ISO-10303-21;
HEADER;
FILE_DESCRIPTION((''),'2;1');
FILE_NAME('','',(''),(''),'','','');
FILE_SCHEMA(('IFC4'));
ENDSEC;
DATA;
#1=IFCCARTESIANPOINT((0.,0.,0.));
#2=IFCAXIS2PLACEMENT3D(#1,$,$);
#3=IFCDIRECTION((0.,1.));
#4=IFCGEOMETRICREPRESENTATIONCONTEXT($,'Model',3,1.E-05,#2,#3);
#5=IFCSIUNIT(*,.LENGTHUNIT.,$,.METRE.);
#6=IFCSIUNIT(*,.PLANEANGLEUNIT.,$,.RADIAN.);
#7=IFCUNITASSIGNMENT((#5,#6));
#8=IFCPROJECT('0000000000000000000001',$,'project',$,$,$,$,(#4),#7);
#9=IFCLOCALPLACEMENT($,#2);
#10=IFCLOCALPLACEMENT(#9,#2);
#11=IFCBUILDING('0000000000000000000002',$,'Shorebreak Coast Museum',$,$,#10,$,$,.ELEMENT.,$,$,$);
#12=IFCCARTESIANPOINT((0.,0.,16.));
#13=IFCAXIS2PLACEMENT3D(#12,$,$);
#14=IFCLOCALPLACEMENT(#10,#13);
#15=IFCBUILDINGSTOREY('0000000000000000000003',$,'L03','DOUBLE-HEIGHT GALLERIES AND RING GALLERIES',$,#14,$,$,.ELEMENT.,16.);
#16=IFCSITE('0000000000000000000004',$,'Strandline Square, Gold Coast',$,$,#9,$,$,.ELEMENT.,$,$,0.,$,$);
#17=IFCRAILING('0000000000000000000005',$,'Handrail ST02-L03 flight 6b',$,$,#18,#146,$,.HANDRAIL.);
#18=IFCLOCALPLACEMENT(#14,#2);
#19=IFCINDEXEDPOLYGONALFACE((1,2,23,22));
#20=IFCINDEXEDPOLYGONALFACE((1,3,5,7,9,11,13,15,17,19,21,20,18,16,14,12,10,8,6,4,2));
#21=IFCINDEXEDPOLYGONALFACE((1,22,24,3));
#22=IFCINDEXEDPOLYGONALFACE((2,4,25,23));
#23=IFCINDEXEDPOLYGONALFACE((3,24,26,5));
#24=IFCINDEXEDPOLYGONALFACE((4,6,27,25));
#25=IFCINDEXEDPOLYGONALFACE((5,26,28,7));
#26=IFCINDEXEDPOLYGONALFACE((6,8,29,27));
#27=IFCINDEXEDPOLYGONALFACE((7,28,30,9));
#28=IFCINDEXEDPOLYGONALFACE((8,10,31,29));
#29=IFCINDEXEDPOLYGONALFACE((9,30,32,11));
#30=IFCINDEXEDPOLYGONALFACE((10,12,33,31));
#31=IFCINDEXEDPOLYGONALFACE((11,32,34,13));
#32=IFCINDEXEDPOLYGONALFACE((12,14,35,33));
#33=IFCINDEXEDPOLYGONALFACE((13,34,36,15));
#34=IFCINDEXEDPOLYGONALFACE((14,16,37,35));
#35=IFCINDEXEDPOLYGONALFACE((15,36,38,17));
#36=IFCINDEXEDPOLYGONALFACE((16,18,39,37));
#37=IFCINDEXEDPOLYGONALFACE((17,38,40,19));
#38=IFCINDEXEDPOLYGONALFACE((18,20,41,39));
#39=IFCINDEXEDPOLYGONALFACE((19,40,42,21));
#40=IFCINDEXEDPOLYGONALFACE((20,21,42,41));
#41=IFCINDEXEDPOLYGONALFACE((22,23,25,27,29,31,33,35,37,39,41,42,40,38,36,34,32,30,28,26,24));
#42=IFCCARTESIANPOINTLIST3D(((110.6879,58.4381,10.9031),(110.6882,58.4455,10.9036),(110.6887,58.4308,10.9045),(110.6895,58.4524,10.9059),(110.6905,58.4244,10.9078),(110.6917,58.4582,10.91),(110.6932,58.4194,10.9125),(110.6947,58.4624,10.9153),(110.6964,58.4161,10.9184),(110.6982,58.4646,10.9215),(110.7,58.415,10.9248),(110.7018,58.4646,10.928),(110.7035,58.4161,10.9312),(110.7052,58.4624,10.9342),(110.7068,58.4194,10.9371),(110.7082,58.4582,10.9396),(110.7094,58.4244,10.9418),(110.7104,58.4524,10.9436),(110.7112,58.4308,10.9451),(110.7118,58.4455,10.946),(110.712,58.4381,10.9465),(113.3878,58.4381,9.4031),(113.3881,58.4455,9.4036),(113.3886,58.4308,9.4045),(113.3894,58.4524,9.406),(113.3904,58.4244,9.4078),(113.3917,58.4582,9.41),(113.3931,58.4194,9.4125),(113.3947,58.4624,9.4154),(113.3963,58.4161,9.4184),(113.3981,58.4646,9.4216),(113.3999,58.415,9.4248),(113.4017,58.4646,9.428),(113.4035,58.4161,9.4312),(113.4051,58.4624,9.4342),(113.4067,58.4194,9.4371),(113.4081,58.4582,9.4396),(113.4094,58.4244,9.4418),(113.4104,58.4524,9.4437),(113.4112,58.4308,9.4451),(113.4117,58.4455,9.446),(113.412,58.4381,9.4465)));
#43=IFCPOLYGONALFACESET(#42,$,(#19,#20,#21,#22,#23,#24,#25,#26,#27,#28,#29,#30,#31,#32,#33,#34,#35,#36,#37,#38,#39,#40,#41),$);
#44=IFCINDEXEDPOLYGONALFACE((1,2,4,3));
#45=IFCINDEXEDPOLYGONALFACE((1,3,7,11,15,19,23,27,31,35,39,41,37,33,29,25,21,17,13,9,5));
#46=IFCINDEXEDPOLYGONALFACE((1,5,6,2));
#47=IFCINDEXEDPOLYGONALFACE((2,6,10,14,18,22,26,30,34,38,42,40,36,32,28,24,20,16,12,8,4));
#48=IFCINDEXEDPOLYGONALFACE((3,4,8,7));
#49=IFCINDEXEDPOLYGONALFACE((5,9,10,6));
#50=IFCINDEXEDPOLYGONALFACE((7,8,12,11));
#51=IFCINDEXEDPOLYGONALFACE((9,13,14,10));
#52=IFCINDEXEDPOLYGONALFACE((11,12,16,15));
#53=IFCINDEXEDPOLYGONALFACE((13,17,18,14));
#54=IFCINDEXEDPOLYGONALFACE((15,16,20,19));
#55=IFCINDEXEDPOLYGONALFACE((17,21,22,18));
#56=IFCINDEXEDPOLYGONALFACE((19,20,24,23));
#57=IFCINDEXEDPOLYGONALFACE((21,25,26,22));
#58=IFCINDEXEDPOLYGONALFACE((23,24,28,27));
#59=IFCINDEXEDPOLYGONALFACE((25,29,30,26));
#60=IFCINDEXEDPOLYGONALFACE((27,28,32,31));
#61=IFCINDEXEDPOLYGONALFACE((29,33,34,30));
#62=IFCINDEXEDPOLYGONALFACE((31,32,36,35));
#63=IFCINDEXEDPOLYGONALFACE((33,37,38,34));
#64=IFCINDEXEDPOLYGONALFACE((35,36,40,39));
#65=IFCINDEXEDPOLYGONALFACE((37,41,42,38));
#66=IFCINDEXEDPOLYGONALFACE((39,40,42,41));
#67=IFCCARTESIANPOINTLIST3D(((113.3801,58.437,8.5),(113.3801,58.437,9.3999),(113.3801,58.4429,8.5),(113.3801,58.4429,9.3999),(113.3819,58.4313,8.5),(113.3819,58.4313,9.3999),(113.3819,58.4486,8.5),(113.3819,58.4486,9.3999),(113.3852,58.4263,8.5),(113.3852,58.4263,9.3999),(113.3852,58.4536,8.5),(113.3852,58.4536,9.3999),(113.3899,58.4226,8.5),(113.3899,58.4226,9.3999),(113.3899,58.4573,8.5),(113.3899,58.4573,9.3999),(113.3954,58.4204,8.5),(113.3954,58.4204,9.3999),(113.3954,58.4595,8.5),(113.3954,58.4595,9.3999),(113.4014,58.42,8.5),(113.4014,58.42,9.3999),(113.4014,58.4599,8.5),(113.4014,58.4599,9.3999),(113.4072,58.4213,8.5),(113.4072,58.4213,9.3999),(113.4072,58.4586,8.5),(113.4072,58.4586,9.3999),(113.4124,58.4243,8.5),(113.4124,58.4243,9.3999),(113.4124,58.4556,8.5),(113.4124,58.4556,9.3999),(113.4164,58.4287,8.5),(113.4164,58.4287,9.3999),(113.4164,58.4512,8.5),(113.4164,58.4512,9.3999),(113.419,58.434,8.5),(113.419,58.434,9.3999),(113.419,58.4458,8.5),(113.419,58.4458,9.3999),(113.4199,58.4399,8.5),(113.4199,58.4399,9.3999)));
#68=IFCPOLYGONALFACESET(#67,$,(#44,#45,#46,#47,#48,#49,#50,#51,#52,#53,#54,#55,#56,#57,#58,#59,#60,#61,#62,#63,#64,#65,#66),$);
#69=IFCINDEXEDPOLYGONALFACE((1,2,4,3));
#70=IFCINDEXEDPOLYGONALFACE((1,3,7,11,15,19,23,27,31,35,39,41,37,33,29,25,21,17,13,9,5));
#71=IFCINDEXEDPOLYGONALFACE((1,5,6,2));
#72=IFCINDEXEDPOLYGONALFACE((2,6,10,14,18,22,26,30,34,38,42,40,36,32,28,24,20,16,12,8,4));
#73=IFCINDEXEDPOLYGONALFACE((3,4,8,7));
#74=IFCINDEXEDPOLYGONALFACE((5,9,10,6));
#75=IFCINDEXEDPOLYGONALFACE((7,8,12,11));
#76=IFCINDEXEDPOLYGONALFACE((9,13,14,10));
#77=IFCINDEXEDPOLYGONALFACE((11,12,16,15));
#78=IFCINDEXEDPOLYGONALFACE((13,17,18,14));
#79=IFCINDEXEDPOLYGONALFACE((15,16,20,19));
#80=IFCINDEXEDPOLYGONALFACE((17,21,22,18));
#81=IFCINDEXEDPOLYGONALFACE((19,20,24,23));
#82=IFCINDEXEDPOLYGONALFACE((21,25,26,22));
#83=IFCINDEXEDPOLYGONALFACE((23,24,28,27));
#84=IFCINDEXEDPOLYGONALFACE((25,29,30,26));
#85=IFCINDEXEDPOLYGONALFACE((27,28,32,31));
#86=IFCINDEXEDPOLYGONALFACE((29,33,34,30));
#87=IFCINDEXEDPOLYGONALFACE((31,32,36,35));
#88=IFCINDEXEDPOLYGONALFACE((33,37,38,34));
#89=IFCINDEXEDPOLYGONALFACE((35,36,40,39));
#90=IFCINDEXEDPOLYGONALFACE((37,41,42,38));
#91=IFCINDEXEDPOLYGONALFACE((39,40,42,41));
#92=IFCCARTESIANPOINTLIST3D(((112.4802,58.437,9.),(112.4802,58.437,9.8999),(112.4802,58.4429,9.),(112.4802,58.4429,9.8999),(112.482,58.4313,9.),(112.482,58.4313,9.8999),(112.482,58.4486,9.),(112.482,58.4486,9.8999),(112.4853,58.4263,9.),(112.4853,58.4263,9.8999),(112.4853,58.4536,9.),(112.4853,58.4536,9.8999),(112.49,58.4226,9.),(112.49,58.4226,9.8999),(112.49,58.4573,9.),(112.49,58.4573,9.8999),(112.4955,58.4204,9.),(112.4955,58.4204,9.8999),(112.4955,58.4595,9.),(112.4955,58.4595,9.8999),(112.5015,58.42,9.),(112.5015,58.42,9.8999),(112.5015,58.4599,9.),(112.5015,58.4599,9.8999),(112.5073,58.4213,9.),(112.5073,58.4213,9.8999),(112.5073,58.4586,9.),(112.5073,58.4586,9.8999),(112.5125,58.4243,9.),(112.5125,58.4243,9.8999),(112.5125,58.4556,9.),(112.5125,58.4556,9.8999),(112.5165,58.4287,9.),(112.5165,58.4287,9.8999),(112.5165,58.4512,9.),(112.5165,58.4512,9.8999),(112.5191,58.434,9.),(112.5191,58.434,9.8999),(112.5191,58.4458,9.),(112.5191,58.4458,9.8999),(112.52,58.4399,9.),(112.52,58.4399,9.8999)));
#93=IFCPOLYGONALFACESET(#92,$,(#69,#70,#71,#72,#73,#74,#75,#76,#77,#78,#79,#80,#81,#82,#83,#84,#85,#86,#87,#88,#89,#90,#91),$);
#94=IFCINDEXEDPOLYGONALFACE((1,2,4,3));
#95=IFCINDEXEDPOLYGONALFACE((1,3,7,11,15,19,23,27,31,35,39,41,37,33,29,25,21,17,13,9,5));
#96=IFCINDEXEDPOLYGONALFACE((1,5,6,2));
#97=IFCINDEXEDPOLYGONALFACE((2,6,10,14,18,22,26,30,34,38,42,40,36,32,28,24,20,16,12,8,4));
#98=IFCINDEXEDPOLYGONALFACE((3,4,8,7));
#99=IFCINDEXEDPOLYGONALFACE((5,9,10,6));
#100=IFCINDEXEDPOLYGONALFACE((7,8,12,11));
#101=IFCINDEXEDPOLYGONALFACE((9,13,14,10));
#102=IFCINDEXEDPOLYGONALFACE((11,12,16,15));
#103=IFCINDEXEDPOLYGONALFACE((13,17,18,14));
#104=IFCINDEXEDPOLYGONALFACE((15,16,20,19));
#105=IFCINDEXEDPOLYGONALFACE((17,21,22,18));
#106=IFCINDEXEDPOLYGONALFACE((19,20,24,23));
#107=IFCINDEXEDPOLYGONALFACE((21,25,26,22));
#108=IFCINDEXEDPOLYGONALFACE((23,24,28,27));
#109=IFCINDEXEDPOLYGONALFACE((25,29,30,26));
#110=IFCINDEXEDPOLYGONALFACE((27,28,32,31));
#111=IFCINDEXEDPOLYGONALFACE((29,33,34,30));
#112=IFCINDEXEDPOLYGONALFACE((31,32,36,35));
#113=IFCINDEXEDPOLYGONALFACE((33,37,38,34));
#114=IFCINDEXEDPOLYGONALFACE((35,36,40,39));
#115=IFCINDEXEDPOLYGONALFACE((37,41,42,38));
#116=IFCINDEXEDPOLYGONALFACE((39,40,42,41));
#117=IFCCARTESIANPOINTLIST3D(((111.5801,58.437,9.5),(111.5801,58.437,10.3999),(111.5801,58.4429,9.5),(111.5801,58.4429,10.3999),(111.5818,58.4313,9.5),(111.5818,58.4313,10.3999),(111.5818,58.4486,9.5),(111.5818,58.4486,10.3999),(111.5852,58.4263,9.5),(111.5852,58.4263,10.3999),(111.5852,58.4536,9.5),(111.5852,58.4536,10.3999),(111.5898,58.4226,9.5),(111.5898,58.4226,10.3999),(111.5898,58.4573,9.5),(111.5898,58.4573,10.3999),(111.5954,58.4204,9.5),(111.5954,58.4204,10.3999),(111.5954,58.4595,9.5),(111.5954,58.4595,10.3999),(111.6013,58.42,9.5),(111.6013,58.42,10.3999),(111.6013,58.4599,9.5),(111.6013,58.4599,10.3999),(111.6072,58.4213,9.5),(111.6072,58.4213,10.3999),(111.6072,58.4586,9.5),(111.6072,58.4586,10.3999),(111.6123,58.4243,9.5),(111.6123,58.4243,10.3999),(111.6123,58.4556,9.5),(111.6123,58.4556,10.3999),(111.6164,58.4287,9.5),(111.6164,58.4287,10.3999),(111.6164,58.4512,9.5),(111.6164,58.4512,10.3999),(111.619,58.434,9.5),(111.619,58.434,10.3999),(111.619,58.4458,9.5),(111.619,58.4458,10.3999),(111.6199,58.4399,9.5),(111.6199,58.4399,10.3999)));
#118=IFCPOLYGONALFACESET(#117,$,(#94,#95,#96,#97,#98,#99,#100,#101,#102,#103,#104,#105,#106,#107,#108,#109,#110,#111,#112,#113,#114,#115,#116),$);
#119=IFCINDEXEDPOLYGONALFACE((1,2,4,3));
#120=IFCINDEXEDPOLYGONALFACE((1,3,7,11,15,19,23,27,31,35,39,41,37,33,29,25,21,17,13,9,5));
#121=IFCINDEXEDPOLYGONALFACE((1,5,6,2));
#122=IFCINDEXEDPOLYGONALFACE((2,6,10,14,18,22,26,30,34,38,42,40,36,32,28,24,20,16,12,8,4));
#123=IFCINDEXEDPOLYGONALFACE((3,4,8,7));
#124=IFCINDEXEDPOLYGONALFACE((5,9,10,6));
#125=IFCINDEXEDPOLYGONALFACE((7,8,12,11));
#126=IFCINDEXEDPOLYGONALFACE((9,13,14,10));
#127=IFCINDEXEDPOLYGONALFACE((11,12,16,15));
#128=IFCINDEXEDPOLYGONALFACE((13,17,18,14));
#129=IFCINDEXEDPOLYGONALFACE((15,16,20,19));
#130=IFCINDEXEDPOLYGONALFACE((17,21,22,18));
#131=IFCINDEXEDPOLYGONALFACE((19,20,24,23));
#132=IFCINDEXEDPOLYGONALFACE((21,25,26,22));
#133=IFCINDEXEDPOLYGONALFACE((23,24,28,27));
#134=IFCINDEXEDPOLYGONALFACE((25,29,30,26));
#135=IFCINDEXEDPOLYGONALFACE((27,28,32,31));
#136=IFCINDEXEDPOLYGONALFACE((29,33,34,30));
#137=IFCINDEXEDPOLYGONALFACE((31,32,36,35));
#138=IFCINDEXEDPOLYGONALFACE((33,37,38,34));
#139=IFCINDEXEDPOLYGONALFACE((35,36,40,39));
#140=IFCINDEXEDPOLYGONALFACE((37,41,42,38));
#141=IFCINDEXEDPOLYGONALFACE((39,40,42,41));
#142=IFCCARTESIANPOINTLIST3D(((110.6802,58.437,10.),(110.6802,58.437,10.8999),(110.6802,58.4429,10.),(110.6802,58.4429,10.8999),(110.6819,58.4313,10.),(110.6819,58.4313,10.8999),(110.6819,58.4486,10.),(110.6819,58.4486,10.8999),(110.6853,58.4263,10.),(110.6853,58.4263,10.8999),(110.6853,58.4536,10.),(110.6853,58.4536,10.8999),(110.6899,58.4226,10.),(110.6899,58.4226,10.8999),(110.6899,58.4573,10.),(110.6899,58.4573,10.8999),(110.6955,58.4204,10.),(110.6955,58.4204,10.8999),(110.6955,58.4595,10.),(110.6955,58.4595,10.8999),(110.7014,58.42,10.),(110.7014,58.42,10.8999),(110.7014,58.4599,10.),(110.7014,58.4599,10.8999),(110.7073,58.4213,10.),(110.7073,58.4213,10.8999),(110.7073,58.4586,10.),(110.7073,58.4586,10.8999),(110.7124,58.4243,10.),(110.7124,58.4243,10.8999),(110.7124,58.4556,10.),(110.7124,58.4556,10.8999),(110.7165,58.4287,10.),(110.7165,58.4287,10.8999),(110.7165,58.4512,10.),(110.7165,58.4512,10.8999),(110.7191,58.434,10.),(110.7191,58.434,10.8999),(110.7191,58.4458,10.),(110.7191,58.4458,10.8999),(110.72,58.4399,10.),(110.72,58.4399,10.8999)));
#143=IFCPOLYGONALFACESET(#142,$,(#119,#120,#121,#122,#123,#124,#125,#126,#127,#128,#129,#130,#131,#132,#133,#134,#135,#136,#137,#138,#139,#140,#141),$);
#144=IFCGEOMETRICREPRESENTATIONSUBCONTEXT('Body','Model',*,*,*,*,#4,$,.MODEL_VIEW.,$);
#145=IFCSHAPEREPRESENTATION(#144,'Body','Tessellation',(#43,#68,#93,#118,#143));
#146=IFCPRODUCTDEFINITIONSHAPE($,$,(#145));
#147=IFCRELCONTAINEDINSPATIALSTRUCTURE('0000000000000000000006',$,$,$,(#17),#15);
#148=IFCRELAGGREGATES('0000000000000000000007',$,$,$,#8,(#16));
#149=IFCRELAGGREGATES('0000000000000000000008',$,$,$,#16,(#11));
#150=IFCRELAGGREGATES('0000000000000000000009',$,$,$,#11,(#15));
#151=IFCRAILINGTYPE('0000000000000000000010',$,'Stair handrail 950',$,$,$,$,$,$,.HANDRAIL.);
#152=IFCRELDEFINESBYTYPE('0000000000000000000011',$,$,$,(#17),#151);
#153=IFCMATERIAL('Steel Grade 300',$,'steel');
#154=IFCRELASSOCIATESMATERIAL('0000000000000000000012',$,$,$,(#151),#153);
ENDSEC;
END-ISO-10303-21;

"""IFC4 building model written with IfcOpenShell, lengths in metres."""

from ifc_helpers import new_model, si_unit, direction, frame, origin, origin_2d, place, context, subcontext, project, spatial, circle, extrude, material, type_object, element, save


model = new_model("IFC4")

# Units and contexts
model_context = context("Model", 3, precision=1e-05, world=origin(), true_north=direction((0.0, 1.0)))
body_context = subcontext(model_context, "Body", "Model", "MODEL_VIEW")
ifc_project = project(units=[si_unit("LENGTHUNIT", "METRE"), si_unit("PLANEANGLEUNIT", "RADIAN")], contexts=[model_context])

# Site, building, storey
site_placement = place(None, origin())
site = spatial("IfcSite", under=ifc_project, at=site_placement, Name="Strandline Square, Gold Coast", CompositionType="ELEMENT", RefElevation=0.0)
building_placement = place(site_placement, origin())
building = spatial("IfcBuilding", under=site, at=building_placement, Name="Shorebreak Coast Museum", CompositionType="ELEMENT")
storey_placement = place(building_placement, frame((0.0, 0.0, 16.0)))
storey = spatial("IfcBuildingStorey", under=building, at=storey_placement, Name="L03", Description="DOUBLE-HEIGHT GALLERIES AND RING GALLERIES", CompositionType="ELEMENT", Elevation=16.0)

# Railing
ifc_material_1 = material(Name="Steel Grade 300", Category="steel")
railing_type_1 = type_object("IfcRailingType", Name="Stair handrail 950", PredefinedType="HANDRAIL", material=ifc_material_1)
for number, where, name in (
    (1, (113.3999, 58.4399, 8.5), "Handrail ST02-L03 flight 6b"),
):
    element("IfcRailing", number, at=place(storey_placement, frame(where)), inside=storey, type_object=railing_type_1, Name=name, PredefinedType="HANDRAIL", context=body_context, shape_type="SweptSolid", body=[
        extrude(circle(Radius=0.0249, at=origin_2d()), frame((0.0, 0.0, 0.9248), z_axis=(-0.874154, 0.0, 0.48565), x_axis=(0.0, -1.0, 0.0)), (0.0, 0.0, 1.0), 3.0886),
        extrude(circle(Radius=0.02, at=origin_2d()), origin(), (0.0, 0.0, 1.0), 0.8999),
        extrude(circle(Radius=0.02, at=origin_2d()), frame((-0.8999, 0.0, 0.5)), (0.0, 0.0, 1.0), 0.8999),
        extrude(circle(Radius=0.02, at=origin_2d()), frame((-1.8, 0.0, 1.0)), (0.0, 0.0, 1.0), 0.8999),
        extrude(circle(Radius=0.02, at=origin_2d()), frame((-2.7, 0.0, 1.5)), (0.0, 0.0, 1.0), 0.8999),
    ])

save(model, "model.ifc")
